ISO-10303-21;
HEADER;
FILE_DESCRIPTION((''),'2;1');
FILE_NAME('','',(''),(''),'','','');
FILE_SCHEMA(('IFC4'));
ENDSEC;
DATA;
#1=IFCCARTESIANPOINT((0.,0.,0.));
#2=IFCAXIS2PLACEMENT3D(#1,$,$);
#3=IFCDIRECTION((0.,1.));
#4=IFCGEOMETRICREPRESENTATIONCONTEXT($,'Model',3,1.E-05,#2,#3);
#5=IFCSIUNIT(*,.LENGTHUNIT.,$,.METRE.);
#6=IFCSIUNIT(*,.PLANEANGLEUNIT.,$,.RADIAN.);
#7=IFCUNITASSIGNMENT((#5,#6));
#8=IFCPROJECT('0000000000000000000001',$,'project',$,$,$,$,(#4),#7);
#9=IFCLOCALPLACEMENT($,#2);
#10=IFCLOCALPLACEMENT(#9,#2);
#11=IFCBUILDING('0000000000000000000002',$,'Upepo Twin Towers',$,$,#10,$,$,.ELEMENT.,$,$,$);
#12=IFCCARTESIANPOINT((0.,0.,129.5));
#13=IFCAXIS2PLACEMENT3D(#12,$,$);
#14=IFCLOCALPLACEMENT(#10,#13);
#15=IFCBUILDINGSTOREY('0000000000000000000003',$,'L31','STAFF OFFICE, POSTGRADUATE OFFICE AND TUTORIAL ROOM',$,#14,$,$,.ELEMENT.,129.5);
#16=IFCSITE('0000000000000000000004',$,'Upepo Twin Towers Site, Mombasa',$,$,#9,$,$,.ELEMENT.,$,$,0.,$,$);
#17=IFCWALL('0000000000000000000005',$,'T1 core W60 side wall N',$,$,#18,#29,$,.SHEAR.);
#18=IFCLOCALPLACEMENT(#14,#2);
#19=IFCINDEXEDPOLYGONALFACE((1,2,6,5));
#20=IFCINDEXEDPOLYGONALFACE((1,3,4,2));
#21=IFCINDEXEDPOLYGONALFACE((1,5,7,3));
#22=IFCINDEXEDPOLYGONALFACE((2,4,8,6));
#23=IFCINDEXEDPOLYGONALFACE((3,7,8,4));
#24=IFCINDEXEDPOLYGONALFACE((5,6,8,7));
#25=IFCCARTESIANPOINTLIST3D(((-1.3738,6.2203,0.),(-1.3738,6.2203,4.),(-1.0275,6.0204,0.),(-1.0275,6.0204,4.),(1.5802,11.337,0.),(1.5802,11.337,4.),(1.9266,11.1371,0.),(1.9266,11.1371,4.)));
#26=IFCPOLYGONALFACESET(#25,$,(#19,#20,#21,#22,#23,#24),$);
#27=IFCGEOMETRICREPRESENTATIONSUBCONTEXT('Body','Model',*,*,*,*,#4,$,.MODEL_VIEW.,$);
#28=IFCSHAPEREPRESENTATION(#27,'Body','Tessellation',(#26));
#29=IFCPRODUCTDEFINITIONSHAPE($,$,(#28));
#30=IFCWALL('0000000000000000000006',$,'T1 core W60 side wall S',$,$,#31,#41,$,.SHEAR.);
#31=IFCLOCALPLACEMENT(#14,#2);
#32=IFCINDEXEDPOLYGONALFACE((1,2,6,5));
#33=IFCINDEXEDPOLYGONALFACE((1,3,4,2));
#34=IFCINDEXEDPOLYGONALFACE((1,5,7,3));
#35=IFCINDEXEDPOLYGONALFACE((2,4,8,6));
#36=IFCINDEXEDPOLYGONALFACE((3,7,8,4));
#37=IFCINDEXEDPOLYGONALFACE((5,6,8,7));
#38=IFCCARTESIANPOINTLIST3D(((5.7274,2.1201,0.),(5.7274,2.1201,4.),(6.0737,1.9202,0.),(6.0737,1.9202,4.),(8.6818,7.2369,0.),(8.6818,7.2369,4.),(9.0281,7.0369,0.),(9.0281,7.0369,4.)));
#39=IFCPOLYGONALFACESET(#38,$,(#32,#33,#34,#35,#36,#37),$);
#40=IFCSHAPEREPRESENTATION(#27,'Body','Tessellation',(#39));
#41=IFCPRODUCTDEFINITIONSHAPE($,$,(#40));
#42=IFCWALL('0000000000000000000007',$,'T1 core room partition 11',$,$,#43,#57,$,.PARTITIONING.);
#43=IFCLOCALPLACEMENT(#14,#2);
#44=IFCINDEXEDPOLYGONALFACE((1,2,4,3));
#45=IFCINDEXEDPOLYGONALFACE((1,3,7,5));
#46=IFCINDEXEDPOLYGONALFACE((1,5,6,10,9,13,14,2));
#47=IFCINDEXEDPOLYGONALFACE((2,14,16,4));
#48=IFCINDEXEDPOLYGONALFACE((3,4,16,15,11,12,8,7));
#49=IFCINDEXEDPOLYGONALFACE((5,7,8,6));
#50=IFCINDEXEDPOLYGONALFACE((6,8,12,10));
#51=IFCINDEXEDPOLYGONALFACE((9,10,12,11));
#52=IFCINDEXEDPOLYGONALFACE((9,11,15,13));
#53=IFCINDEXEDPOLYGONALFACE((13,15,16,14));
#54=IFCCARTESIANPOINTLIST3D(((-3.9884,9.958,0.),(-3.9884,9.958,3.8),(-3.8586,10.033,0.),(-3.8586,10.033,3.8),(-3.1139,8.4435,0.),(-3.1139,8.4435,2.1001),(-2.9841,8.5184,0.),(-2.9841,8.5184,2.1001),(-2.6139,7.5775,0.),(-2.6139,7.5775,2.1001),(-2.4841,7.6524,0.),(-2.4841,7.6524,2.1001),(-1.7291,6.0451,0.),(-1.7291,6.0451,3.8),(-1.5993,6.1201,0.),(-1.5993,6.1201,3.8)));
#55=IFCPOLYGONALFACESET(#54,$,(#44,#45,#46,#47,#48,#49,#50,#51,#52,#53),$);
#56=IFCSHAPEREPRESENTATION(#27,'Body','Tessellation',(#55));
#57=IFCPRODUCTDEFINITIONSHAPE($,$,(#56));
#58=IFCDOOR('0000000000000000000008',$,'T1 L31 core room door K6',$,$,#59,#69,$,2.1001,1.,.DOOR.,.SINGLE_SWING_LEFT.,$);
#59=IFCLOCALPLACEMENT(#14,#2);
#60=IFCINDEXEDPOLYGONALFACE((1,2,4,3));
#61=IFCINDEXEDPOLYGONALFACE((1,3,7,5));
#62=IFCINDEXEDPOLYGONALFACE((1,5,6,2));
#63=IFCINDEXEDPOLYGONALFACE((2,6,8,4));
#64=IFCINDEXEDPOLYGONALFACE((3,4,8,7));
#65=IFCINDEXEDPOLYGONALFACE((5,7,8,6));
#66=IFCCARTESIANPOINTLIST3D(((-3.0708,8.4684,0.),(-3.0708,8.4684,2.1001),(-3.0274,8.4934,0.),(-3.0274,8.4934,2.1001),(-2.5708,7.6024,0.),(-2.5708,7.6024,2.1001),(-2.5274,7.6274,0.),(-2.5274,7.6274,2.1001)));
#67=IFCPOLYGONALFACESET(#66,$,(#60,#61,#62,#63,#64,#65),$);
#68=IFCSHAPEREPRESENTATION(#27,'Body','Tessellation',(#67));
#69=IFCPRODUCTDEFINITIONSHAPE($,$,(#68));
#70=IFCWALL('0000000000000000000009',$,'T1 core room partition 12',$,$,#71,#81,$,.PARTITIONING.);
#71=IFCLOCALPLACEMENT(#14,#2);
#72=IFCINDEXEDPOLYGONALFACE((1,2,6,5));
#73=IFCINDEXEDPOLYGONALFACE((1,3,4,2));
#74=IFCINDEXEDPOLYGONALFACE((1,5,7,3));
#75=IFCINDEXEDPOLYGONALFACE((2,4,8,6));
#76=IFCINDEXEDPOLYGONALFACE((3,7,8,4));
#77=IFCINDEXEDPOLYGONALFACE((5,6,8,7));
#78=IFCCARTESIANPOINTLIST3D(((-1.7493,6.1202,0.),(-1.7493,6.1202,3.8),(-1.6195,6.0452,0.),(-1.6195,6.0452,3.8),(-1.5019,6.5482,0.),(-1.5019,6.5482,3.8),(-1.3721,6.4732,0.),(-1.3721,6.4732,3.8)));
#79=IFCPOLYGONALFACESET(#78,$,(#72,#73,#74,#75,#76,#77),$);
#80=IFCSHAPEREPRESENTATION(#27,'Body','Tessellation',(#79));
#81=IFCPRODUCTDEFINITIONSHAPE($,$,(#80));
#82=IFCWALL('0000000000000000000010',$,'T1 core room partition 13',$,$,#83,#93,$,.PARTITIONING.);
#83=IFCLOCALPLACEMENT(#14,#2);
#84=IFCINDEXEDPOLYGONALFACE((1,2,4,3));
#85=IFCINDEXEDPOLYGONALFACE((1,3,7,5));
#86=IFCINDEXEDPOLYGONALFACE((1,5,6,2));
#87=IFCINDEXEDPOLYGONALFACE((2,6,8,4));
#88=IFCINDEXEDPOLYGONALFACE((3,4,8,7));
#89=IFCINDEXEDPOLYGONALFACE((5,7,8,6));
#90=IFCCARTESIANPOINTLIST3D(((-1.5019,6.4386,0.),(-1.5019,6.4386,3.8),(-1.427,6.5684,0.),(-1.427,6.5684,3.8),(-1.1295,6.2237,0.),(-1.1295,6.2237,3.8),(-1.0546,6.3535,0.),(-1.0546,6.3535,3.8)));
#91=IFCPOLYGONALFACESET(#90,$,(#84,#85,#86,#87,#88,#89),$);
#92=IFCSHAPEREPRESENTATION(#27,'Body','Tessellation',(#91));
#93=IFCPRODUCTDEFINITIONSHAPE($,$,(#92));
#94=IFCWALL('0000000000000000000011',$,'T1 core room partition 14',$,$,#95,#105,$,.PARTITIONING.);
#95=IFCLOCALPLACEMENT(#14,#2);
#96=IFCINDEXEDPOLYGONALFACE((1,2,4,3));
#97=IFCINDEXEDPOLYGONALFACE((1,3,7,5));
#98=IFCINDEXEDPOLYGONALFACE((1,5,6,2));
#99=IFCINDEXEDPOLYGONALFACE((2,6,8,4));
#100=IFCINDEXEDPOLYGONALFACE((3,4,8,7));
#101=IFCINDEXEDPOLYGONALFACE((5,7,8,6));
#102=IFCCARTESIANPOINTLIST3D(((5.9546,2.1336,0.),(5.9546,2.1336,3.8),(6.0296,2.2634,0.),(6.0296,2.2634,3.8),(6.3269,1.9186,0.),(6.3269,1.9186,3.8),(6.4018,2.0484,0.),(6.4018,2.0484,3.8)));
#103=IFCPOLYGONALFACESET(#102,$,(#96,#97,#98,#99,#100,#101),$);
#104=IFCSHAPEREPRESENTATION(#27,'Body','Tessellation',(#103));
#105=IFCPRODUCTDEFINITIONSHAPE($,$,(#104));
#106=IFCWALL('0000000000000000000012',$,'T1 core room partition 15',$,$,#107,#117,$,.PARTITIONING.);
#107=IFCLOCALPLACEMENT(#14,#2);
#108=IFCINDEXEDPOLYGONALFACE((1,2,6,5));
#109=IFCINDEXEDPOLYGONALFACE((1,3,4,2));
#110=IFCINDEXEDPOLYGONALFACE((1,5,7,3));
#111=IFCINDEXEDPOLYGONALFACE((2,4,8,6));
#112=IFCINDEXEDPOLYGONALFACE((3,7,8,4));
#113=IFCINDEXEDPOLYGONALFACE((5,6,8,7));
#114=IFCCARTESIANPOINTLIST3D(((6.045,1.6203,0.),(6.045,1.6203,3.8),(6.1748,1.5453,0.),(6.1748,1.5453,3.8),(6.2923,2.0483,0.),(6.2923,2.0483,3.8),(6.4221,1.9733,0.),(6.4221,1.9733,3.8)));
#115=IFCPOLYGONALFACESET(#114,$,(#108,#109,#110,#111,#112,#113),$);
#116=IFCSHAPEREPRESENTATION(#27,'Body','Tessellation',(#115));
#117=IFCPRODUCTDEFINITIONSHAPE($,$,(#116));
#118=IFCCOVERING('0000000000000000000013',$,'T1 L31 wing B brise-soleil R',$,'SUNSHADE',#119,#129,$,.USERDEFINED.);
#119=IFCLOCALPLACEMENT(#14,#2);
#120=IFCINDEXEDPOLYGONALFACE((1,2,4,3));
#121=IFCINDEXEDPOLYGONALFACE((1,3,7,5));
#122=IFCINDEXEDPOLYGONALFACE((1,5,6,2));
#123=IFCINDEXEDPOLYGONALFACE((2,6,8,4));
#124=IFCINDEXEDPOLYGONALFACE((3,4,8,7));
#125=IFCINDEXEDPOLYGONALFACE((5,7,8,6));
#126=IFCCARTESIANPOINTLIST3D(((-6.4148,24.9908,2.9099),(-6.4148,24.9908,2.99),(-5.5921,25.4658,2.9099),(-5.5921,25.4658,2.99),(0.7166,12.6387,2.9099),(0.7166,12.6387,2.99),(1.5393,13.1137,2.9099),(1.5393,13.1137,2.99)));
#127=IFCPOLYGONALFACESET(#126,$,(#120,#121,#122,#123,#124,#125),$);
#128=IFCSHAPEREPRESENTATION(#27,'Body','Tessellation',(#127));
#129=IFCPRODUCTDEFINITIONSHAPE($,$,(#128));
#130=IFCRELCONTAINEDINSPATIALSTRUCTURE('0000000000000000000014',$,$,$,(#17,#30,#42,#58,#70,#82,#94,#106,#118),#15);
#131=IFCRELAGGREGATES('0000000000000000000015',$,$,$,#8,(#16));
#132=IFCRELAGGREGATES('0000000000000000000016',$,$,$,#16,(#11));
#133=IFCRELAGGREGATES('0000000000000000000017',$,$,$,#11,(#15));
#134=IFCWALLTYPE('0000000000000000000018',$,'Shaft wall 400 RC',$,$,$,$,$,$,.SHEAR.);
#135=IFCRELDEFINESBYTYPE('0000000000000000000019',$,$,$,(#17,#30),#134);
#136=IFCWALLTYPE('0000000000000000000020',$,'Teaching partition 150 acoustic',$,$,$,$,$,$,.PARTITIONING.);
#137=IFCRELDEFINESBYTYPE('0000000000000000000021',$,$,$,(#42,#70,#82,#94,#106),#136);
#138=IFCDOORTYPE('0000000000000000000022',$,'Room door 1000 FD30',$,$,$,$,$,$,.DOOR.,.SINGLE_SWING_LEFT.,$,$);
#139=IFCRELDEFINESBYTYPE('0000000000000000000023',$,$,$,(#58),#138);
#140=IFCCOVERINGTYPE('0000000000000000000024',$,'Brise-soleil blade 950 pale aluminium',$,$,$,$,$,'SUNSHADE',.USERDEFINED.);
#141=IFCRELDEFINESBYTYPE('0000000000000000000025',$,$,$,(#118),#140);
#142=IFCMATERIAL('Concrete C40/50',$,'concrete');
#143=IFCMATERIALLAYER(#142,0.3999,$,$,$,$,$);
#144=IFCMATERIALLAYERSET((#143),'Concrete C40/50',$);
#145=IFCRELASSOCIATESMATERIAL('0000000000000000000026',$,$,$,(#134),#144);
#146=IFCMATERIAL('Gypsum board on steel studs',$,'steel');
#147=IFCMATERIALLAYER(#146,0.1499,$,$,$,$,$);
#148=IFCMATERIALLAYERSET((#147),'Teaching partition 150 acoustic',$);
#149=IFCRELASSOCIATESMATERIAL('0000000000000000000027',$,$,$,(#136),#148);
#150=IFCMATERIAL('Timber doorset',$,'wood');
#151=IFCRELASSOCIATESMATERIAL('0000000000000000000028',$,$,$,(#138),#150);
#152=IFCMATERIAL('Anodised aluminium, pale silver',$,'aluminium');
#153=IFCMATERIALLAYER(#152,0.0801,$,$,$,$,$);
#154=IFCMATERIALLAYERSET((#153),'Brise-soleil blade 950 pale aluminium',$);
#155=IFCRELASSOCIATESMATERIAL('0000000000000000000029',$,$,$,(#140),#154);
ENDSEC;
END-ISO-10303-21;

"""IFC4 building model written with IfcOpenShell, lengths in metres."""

from ifc_helpers import new_model, si_unit, direction, frame, frame_2d, origin, origin_2d, place, context, subcontext, project, spatial, rectangle, extrude, material, layer, layer_set, type_object, element, fill, save


model = new_model("IFC4")

# Units and contexts
model_context = context("Model", 3, precision=1e-05, world=origin(), true_north=direction((0.0, 1.0)))
body_context = subcontext(model_context, "Body", "Model", "MODEL_VIEW")
ifc_project = project(units=[si_unit("LENGTHUNIT", "METRE"), si_unit("PLANEANGLEUNIT", "RADIAN")], contexts=[model_context])

# Site, building, storey
site_placement = place(None, origin())
site = spatial("IfcSite", under=ifc_project, at=site_placement, Name="Upepo Twin Towers Site, Mombasa", CompositionType="ELEMENT", RefElevation=0.0)
building_placement = place(site_placement, origin())
building = spatial("IfcBuilding", under=site, at=building_placement, Name="Upepo Twin Towers", CompositionType="ELEMENT")
storey_placement = place(building_placement, frame((0.0, 0.0, 129.5)))
storey = spatial("IfcBuildingStorey", under=building, at=storey_placement, Name="L31", Description="STAFF OFFICE, POSTGRADUATE OFFICE AND TUTORIAL ROOM", CompositionType="ELEMENT", Elevation=129.5)

# Walls
ifc_material_1 = material(Name="Concrete C40/50", Category="concrete")
ifc_layer_1 = layer(ifc_material_1, 0.3999)
ifc_layer_set_1 = layer_set([ifc_layer_1], Name="Concrete C40/50")
wall_type_1 = type_object("IfcWallType", Name="Shaft wall 400 RC", PredefinedType="SHEAR", material=ifc_layer_set_1)
wall_1_placement = place(storey_placement, frame((-1.2007, 6.1204, 0.0), z_axis=(0.0, 0.0, 1.0), x_axis=(0.499997, 0.866027, 0.0)))
element("IfcWall", 1, at=wall_1_placement, inside=storey, type_object=wall_type_1, Name="T1 core W60 side wall N", PredefinedType="SHEAR", context=body_context, shape_type="SweptSolid", body=[
    extrude(rectangle(XDim=5.9082, YDim=0.3999, at=frame_2d((2.9541, 0.0))), origin(), (0.0, 0.0, 1.0), 4.0),
])
wall_2_placement = place(storey_placement, frame((5.9006, 2.0203, 0.0), z_axis=(0.0, 0.0, 1.0), x_axis=(0.500028, 0.866009, 0.0)))
element("IfcWall", 2, at=wall_2_placement, inside=storey, type_object=wall_type_1, Name="T1 core W60 side wall S", PredefinedType="SHEAR", context=body_context, shape_type="SweptSolid", body=[
    extrude(rectangle(XDim=5.9084, YDim=0.3999, at=frame_2d((2.9541, 0.0))), origin(), (0.0, 0.0, 1.0), 4.0),
])

# Wall, opening, door
ifc_material_2 = material(Name="Gypsum board on steel studs", Category="steel")
ifc_layer_2 = layer(ifc_material_2, 0.1499)
ifc_layer_set_2 = layer_set([ifc_layer_2], Name="Teaching partition 150 acoustic")
wall_type_2 = type_object("IfcWallType", Name="Teaching partition 150 acoustic", PredefinedType="PARTITIONING", material=ifc_layer_set_2)
wall_3_placement = place(storey_placement, frame((-3.9236, 9.9956, 0.0), z_axis=(0.0, 0.0, 1.0), x_axis=(0.500033, -0.866007, 0.0)))
wall_3 = element("IfcWall", 3, at=wall_3_placement, inside=storey, type_object=wall_type_2, Name="T1 core room partition 11", PredefinedType="PARTITIONING", context=body_context, shape_type="SweptSolid", body=[
    extrude(rectangle(XDim=4.5183, YDim=0.1499, at=frame_2d((2.2593, 0.0))), origin(), (0.0, 0.0, 1.0), 3.8),
])
opening_1_placement = place(wall_3_placement, frame((1.749, 0.0, 0.0)))
opening_1 = element("IfcOpeningElement", 4, at=opening_1_placement, cuts=wall_3, PredefinedType="OPENING", context=body_context, shape_type="SweptSolid", body=[
    extrude(rectangle(XDim=1.0, YDim=2.1001, at=frame_2d((0.5, 1.05))), frame((0.0, 0.085, 0.0), z_axis=(0.0, -1.0, 0.0), x_axis=(1.0, 0.0, 0.0)), (0.0, 0.0, 1.0), 0.1699),
])
ifc_material_3 = material(Name="Timber doorset", Category="wood")
door_type_1 = type_object("IfcDoorType", Name="Room door 1000 FD30", OperationType="SINGLE_SWING_LEFT", PredefinedType="DOOR", material=ifc_material_3)
door_1_placement = place(opening_1_placement, origin())
door_1 = element("IfcDoor", 5, at=door_1_placement, inside=storey, type_object=door_type_1, Name="T1 L31 core room door K6", OperationType="SINGLE_SWING_LEFT", OverallHeight=2.1001, OverallWidth=1.0, PredefinedType="DOOR", context=body_context, shape_type="SweptSolid", body=[
    extrude(rectangle(XDim=1.0, YDim=2.1001, at=frame_2d((0.5, 1.05))), frame((0.0, 0.0249, 0.0), z_axis=(0.0, -1.0, 0.0), x_axis=(1.0, 0.0, 0.0)), (0.0, 0.0, 1.0), 0.05),
])
fill(opening_1, door_1)

# Walls
wall_4_placement = place(storey_placement, frame((-1.6843, 6.0828, 0.0), z_axis=(0.0, 0.0, 1.0), x_axis=(0.500335, 0.865832, 0.0)))
element("IfcWall", 6, at=wall_4_placement, inside=storey, type_object=wall_type_2, Name="T1 core room partition 12", PredefinedType="PARTITIONING", context=body_context, shape_type="SweptSolid", body=[
    extrude(rectangle(XDim=0.4944, YDim=0.1499, at=frame_2d((0.2471, 0.0))), origin(), (0.0, 0.0, 1.0), 3.8),
])
for number, where, z_axis, x_axis, name in (
    (7, (-1.4644, 6.5034, 0.0), (0.0, 0.0, 1.0), (0.866138, -0.499804, 0.0), "T1 core room partition 13"),
    (8, (5.9922, 2.1985, 0.0), (0.0, 0.0, 1.0), (0.865892, -0.50023, 0.0), "T1 core room partition 14"),
):
    element("IfcWall", number, at=place(storey_placement, frame(where, z_axis=z_axis, x_axis=x_axis)), inside=storey, type_object=wall_type_2, Name=name, PredefinedType="PARTITIONING", context=body_context, shape_type="SweptSolid", body=[
        extrude(rectangle(XDim=0.4299, YDim=0.1499, at=frame_2d((0.2148, 0.0))), origin(), (0.0, 0.0, 1.0), 3.8),
    ])
wall_5_placement = place(storey_placement, frame((6.3572, 2.0107, 0.0), z_axis=(0.0, 0.0, 1.0), x_axis=(-0.500335, -0.865832, 0.0)))
element("IfcWall", 9, at=wall_5_placement, inside=storey, type_object=wall_type_2, Name="T1 core room partition 15", PredefinedType="PARTITIONING", context=body_context, shape_type="SweptSolid", body=[
    extrude(rectangle(XDim=0.4944, YDim=0.1499, at=frame_2d((0.2471, 0.0))), origin(), (0.0, 0.0, 1.0), 3.8),
])

# Covering
ifc_material_4 = material(Name="Anodised aluminium, pale silver", Category="aluminium")
ifc_layer_3 = layer(ifc_material_4, 0.0801)
ifc_layer_set_3 = layer_set([ifc_layer_3], Name="Brise-soleil blade 950 pale aluminium")
covering_type = type_object("IfcCoveringType", Name="Brise-soleil blade 950 pale aluminium", ElementType="SUNSHADE", PredefinedType="USERDEFINED", material=ifc_layer_set_3)
covering_placement = place(storey_placement, frame((-2.4377, 19.0522, 2.9099), z_axis=(0.0, 0.0, 1.0), x_axis=(-0.5, 0.866025, 0.0)))
element("IfcCovering", 10, at=covering_placement, inside=storey, type_object=covering_type, Name="T1 L31 wing B brise-soleil R", ObjectType="SUNSHADE", PredefinedType="USERDEFINED", context=body_context, shape_type="SweptSolid", body=[
    extrude(rectangle(XDim=14.2629, YDim=0.95, at=origin_2d()), origin(), (0.0, 0.0, 1.0), 0.0801),
])

save(model, "model.ifc")
